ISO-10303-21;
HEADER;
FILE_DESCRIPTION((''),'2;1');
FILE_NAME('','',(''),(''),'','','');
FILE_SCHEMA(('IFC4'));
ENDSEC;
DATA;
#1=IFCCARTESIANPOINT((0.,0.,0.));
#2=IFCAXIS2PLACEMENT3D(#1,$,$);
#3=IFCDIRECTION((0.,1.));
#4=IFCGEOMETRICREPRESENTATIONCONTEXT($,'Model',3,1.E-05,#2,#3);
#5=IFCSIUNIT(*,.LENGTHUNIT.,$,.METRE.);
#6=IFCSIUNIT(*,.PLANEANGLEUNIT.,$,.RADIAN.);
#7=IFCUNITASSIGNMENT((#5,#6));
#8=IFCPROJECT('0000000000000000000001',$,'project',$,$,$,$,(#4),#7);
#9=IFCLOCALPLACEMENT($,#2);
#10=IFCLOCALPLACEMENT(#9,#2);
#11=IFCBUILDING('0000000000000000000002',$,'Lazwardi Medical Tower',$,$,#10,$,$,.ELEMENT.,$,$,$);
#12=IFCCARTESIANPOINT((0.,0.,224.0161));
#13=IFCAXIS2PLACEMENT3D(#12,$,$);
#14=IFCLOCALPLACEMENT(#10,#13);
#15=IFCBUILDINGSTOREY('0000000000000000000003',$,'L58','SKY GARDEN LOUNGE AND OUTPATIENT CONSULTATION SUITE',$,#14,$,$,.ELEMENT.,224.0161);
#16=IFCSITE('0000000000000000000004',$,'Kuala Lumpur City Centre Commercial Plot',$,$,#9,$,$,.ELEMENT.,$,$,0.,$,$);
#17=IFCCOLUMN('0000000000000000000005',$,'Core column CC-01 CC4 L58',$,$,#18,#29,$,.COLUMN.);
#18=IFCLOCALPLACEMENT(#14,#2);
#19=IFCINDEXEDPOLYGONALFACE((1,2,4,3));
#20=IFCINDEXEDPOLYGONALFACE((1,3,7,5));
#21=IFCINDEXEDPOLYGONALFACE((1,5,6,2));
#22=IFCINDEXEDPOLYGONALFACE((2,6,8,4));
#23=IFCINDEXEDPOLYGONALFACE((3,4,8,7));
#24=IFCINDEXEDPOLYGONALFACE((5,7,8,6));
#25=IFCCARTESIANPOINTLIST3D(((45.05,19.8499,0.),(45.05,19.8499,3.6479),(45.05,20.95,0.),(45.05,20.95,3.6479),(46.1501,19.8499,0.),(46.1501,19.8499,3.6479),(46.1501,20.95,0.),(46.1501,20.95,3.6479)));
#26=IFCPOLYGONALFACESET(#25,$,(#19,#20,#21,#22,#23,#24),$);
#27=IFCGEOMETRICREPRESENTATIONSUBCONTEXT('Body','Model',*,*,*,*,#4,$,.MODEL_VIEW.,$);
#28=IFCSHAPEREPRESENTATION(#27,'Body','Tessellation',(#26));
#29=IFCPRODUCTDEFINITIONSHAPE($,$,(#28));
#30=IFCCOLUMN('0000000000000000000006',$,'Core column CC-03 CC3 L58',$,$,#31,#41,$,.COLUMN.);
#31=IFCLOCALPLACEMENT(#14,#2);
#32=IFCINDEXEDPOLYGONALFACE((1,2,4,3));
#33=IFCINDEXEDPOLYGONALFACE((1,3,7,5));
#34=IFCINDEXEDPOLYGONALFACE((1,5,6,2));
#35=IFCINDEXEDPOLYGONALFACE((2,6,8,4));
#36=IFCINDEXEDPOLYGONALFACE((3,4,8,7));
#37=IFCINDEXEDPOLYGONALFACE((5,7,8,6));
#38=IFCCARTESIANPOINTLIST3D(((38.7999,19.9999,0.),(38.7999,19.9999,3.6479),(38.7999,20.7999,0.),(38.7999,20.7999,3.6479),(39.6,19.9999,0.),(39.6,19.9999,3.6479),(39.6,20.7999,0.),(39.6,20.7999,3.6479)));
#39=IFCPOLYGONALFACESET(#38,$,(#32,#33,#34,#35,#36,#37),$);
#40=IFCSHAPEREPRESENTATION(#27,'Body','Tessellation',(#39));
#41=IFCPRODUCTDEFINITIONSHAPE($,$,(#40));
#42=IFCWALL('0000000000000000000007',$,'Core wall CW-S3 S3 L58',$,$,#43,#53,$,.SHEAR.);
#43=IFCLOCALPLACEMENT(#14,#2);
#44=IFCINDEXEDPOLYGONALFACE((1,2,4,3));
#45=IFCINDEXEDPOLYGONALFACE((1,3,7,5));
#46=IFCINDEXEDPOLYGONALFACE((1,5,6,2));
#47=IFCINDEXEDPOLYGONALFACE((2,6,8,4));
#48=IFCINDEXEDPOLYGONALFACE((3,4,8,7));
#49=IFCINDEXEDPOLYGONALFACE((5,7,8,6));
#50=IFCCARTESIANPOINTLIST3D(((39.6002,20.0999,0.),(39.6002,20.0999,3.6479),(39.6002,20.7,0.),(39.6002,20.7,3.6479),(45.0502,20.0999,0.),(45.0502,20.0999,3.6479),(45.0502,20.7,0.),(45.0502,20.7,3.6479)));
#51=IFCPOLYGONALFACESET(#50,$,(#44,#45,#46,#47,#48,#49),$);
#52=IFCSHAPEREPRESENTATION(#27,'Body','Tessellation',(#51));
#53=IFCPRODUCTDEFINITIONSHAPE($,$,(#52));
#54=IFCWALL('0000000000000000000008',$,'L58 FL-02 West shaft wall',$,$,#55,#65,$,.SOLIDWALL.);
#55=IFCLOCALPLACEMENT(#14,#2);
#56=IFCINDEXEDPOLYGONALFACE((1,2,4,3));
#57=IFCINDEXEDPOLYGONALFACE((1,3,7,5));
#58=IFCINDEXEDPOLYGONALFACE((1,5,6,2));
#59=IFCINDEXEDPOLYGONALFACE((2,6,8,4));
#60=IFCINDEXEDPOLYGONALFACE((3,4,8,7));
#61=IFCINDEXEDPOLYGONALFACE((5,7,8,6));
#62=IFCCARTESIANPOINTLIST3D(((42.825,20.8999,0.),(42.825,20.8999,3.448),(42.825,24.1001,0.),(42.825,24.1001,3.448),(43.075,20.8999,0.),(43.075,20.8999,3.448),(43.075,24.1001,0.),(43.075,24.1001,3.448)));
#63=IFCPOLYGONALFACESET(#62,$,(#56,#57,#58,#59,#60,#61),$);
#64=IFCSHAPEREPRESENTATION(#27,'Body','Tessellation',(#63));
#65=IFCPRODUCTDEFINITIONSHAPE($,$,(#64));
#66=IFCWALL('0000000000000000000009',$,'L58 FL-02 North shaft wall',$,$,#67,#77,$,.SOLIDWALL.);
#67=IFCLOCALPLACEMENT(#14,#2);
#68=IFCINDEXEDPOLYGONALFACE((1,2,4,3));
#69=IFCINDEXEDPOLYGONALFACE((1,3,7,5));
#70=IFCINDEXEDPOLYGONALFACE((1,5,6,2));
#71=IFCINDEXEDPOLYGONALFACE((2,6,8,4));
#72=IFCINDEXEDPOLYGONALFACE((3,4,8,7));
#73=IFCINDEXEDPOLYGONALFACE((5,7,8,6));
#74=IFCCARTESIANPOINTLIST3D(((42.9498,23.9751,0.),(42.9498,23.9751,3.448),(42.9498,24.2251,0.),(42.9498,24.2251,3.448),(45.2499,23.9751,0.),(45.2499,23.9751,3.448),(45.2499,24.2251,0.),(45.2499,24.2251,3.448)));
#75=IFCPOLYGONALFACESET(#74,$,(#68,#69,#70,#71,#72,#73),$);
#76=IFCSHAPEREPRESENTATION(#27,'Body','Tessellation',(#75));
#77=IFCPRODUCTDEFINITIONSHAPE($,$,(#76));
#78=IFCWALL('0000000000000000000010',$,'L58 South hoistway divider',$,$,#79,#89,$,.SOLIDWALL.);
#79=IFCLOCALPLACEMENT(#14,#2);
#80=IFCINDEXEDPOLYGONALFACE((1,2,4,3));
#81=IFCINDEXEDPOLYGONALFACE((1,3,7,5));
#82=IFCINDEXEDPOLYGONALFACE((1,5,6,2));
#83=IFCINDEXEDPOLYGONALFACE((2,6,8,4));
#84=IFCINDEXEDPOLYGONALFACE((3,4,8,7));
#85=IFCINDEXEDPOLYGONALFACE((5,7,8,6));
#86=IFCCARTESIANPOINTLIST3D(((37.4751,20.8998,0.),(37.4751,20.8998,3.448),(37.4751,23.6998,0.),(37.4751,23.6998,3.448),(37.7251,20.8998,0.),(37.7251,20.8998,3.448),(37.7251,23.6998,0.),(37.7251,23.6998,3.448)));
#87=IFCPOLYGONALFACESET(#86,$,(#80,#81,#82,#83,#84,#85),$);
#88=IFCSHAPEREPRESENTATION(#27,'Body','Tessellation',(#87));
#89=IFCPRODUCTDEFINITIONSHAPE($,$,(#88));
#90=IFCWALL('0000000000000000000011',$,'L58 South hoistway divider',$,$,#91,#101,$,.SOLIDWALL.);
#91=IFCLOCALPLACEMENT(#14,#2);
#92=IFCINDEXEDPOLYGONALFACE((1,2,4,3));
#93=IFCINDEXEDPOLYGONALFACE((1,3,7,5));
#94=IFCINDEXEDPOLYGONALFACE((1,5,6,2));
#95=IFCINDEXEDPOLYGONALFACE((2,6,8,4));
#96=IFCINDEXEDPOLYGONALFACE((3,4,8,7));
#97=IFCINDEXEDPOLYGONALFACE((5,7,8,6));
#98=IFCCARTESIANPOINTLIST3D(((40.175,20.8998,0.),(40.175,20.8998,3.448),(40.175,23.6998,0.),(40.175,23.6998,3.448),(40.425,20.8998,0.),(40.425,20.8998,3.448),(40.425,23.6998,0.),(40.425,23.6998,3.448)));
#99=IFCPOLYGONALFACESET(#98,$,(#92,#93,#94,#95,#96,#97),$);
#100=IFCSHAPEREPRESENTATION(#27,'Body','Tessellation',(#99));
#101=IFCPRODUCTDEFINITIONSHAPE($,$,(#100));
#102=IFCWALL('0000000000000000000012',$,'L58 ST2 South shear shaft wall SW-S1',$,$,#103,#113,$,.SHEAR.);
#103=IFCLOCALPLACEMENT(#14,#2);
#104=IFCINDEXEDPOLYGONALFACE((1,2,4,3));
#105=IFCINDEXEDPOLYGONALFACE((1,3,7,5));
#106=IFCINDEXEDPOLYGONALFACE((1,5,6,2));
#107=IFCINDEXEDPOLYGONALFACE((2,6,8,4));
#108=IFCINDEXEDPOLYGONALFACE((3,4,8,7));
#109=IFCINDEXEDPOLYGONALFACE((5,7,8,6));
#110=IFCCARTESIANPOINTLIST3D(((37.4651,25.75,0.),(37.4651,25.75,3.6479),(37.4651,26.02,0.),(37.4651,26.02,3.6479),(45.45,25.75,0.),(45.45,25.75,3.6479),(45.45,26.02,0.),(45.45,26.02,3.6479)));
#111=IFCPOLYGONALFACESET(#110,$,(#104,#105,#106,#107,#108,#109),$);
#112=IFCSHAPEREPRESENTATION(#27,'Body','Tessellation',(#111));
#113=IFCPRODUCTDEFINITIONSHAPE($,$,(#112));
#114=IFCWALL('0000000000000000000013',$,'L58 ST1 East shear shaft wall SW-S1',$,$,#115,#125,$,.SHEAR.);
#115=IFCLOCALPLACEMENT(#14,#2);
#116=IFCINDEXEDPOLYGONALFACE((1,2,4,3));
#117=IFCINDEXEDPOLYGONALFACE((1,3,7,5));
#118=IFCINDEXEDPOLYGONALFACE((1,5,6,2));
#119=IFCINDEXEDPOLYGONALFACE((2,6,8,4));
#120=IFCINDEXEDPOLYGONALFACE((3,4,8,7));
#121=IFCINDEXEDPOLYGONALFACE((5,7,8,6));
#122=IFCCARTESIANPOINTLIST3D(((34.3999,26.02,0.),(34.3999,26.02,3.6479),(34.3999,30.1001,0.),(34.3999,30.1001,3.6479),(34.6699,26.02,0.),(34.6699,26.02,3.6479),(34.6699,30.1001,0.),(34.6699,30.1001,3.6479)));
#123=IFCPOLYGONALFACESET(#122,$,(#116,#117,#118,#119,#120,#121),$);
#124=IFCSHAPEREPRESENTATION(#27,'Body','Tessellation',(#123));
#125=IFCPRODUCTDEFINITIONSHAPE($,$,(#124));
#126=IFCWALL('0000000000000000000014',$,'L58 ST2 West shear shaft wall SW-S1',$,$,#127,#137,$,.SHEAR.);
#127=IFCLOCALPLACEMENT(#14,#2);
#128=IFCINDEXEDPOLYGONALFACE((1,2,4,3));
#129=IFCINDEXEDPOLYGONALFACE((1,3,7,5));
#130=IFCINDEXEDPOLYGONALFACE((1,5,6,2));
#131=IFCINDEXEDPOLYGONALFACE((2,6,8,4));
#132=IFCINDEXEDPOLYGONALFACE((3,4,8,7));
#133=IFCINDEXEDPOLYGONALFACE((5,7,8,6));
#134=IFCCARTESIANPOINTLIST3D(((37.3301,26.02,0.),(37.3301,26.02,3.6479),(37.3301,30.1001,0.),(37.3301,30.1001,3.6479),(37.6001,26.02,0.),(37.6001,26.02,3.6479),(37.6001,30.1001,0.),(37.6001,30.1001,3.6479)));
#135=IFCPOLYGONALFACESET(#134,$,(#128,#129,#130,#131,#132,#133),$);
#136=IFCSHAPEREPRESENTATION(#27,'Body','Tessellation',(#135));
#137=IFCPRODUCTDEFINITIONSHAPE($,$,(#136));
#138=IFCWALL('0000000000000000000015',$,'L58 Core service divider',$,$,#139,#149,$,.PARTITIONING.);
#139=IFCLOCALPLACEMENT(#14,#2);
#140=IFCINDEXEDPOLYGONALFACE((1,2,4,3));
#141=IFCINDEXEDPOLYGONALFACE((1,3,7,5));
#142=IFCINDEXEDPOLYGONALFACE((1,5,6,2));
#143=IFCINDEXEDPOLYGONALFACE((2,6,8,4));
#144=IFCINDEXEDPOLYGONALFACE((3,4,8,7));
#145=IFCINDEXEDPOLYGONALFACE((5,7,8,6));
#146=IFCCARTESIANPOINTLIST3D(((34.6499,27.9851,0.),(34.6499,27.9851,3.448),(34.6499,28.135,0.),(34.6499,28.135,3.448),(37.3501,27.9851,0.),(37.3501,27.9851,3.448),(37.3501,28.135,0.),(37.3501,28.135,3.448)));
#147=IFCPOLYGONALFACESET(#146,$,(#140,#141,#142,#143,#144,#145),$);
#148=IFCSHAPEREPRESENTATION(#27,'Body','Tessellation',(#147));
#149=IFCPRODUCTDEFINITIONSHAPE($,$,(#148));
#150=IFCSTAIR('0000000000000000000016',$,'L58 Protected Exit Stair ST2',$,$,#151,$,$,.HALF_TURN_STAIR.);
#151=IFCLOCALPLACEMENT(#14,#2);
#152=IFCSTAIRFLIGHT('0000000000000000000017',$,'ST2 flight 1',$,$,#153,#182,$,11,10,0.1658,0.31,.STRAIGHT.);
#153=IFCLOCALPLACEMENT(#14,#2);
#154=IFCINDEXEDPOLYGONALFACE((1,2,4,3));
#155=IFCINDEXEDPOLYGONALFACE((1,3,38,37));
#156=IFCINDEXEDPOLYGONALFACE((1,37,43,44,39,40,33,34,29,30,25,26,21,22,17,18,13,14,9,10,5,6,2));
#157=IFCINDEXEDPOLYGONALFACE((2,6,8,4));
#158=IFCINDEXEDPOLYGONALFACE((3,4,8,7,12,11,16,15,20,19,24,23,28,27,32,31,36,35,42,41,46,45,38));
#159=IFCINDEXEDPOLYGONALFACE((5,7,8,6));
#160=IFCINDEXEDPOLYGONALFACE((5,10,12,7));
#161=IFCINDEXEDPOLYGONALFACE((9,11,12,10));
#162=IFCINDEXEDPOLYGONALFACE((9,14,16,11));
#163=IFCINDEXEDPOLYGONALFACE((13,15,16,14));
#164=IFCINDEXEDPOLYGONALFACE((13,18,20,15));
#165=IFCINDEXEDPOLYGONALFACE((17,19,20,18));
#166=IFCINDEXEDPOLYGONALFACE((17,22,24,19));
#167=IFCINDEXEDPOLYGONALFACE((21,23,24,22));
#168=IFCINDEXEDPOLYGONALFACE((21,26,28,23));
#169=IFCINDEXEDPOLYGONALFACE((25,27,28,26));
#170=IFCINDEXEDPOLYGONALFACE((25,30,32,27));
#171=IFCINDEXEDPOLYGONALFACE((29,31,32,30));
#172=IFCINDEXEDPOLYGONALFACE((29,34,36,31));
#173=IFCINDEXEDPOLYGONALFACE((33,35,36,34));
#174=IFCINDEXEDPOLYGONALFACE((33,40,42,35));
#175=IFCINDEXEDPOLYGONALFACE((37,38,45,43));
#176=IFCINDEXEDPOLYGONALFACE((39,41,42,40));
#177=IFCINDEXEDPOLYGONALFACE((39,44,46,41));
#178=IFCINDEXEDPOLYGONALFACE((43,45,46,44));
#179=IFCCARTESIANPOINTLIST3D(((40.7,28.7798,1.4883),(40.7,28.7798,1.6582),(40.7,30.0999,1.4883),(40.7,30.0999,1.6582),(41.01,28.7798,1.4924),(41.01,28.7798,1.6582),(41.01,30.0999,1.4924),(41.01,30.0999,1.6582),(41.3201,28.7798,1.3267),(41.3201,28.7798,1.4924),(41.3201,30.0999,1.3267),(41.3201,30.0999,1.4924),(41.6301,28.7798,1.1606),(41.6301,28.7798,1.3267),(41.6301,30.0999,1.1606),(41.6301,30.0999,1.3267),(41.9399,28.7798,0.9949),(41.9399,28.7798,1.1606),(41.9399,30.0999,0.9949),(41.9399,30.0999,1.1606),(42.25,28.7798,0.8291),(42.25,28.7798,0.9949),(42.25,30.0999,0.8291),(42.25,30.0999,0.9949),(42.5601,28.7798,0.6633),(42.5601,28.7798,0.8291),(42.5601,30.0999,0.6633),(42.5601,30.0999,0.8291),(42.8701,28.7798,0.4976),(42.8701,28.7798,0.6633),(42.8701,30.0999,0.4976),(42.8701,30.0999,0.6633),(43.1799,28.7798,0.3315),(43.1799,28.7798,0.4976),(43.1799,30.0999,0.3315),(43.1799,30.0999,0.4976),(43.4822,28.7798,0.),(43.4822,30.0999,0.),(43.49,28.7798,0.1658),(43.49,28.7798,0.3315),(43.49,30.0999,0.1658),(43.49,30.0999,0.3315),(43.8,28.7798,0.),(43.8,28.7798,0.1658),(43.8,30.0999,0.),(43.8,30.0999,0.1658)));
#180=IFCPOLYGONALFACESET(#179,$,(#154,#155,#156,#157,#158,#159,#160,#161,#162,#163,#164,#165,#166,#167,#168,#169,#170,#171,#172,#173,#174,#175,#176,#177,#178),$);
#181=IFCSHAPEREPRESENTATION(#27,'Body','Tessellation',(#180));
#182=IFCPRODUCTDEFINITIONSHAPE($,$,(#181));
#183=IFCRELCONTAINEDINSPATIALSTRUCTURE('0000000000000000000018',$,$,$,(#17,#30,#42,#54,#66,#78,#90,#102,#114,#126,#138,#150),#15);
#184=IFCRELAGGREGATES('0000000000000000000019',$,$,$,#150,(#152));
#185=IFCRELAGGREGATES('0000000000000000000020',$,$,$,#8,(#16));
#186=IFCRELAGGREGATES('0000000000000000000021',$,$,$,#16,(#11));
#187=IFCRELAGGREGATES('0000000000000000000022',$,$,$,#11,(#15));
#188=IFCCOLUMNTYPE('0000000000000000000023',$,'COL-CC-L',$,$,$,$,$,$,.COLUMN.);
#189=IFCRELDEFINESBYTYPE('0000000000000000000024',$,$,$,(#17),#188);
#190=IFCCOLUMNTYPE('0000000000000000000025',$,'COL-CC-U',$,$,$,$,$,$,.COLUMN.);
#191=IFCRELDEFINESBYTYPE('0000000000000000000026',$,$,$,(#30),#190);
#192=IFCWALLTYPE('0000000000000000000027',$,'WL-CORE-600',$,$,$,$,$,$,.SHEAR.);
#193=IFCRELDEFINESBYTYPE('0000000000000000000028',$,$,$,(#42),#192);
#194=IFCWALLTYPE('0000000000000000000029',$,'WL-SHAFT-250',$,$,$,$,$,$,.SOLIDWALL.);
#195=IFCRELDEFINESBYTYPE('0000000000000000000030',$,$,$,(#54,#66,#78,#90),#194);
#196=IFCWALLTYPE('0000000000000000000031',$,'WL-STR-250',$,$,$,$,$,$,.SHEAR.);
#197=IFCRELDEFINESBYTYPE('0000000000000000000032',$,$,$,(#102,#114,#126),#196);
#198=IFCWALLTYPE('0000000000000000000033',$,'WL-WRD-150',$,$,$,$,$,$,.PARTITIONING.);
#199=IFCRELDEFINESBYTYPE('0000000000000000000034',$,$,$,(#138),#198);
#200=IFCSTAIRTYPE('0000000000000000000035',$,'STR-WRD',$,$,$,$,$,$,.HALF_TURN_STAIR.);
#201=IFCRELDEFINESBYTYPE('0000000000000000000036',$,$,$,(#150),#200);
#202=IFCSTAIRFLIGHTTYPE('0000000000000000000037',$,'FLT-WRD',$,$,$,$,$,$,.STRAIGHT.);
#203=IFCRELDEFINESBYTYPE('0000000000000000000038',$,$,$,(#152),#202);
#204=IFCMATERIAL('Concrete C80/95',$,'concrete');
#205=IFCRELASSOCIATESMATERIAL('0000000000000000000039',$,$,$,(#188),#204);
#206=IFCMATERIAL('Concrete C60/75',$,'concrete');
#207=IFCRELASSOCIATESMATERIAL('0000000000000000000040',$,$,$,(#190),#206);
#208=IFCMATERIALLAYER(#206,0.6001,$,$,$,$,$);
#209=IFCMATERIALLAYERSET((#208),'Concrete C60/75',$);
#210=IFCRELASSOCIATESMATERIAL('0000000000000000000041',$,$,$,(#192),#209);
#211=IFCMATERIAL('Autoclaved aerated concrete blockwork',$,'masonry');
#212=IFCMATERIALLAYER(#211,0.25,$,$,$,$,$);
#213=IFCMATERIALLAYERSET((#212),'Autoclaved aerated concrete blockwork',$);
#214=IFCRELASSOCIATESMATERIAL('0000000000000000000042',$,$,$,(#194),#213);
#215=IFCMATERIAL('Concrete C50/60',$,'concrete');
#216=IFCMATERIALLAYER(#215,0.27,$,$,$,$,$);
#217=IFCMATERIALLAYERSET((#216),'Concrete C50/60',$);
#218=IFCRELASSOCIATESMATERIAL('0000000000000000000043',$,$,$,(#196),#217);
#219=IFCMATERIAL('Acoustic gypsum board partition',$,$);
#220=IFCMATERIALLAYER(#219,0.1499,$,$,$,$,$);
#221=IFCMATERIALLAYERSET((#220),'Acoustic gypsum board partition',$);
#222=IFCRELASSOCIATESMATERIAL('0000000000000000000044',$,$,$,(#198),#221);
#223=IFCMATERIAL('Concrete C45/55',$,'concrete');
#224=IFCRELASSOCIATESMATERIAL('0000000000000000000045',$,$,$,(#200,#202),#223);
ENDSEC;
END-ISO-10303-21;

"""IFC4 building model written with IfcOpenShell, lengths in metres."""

from ifc_helpers import new_model, si_unit, direction, frame, frame_2d, origin, origin_2d, place, context, subcontext, project, spatial, polyline, rectangle, outline, extrude, material, layer, layer_set, material_profile, profile_set, type_object, element, aggregate, save


model = new_model("IFC4")

# Units and contexts
model_context = context("Model", 3, precision=1e-05, world=origin(), true_north=direction((0.0, 1.0)))
body_context = subcontext(model_context, "Body", "Model", "MODEL_VIEW")
ifc_project = project(units=[si_unit("LENGTHUNIT", "METRE"), si_unit("PLANEANGLEUNIT", "RADIAN")], contexts=[model_context])

# Site, building, storey
site_placement = place(None, origin())
site = spatial("IfcSite", under=ifc_project, at=site_placement, Name="Kuala Lumpur City Centre Commercial Plot", CompositionType="ELEMENT", RefElevation=0.0)
building_placement = place(site_placement, origin())
building = spatial("IfcBuilding", under=site, at=building_placement, Name="Lazwardi Medical Tower", CompositionType="ELEMENT")
storey_placement = place(building_placement, frame((0.0, 0.0, 224.0161)))
storey = spatial("IfcBuildingStorey", under=building, at=storey_placement, Name="L58", Description="SKY GARDEN LOUNGE AND OUTPATIENT CONSULTATION SUITE", CompositionType="ELEMENT", Elevation=224.0161)

# Columns
ifc_material_1 = material(Name="Concrete C80/95", Category="concrete")
ifc_material_profile_1 = material_profile(ifc_material_1, rectangle(XDim=1.1001, YDim=1.1001, at=origin_2d()), Name="RC 1100x1100")
ifc_profile_set_1 = profile_set([ifc_material_profile_1], Name="Concrete C80/95")
column_type_1 = type_object("IfcColumnType", Name="COL-CC-L", PredefinedType="COLUMN", material=ifc_profile_set_1)
column_1_placement = place(storey_placement, frame((45.6001, 20.3999, 0.0), z_axis=(0.0, 0.0, 1.0), x_axis=(1.0, 0.0, 0.0)))
element("IfcColumn", 1, at=column_1_placement, inside=storey, type_object=column_type_1, Name="Core column CC-01 CC4 L58", PredefinedType="COLUMN", context=body_context, shape_type="SweptSolid", body=[
    extrude(rectangle(XDim=1.1001, YDim=1.1001, at=origin_2d()), origin(), (0.0, 0.0, 1.0), 3.6479),
])
ifc_material_2 = material(Name="Concrete C60/75", Category="concrete")
ifc_material_profile_2 = material_profile(ifc_material_2, rectangle(XDim=0.8, YDim=0.8, at=origin_2d()), Name="RC 800x800")
ifc_profile_set_2 = profile_set([ifc_material_profile_2], Name="Concrete C60/75")
column_type_2 = type_object("IfcColumnType", Name="COL-CC-U", PredefinedType="COLUMN", material=ifc_profile_set_2)
column_2_placement = place(storey_placement, frame((39.2, 20.3999, 0.0), z_axis=(0.0, 0.0, 1.0), x_axis=(1.0, 0.0, 0.0)))
element("IfcColumn", 2, at=column_2_placement, inside=storey, type_object=column_type_2, Name="Core column CC-03 CC3 L58", PredefinedType="COLUMN", context=body_context, shape_type="SweptSolid", body=[
    extrude(rectangle(XDim=0.8, YDim=0.8, at=origin_2d()), origin(), (0.0, 0.0, 1.0), 3.6479),
])

# Walls
ifc_layer_1 = layer(ifc_material_2, 0.6001)
ifc_layer_set_1 = layer_set([ifc_layer_1], Name="Concrete C60/75")
wall_type_1 = type_object("IfcWallType", Name="WL-CORE-600", PredefinedType="SHEAR", material=ifc_layer_set_1)
wall_1_placement = place(storey_placement, frame((39.6001, 20.3999, 0.0), z_axis=(0.0, 0.0, 1.0), x_axis=(1.0, 0.0, 0.0)))
element("IfcWall", 3, at=wall_1_placement, inside=storey, type_object=wall_type_1, Name="Core wall CW-S3 S3 L58", PredefinedType="SHEAR", context=body_context, shape_type="SweptSolid", body=[
    extrude(rectangle(XDim=5.45, YDim=0.6001, at=frame_2d((2.7251, 0.0))), origin(), (0.0, 0.0, 1.0), 3.6479),
])
ifc_material_3 = material(Name="Autoclaved aerated concrete blockwork", Category="masonry")
ifc_layer_2 = layer(ifc_material_3, 0.25)
ifc_layer_set_2 = layer_set([ifc_layer_2], Name="Autoclaved aerated concrete blockwork")
wall_type_2 = type_object("IfcWallType", Name="WL-SHAFT-250", PredefinedType="SOLIDWALL", material=ifc_layer_set_2)
wall_2_placement = place(storey_placement, frame((42.95, 20.8999, 0.0), z_axis=(0.0, 0.0, 1.0), x_axis=(0.0, 1.0, 0.0)))
element("IfcWall", 4, at=wall_2_placement, inside=storey, type_object=wall_type_2, Name="L58 FL-02 West shaft wall", PredefinedType="SOLIDWALL", context=body_context, shape_type="SweptSolid", body=[
    extrude(rectangle(XDim=3.2002, YDim=0.25, at=frame_2d((1.6001, 0.0))), origin(), (0.0, 0.0, 1.0), 3.448),
])
wall_3_placement = place(storey_placement, frame((42.95, 24.1001, 0.0), z_axis=(0.0, 0.0, 1.0), x_axis=(1.0, 0.0, 0.0)))
element("IfcWall", 5, at=wall_3_placement, inside=storey, type_object=wall_type_2, Name="L58 FL-02 North shaft wall", PredefinedType="SOLIDWALL", context=body_context, shape_type="SweptSolid", body=[
    extrude(rectangle(XDim=2.3, YDim=0.25, at=frame_2d((1.1499, 0.0))), origin(), (0.0, 0.0, 1.0), 3.448),
])
for number, where, z_axis, x_axis, name in (
    (6, (37.6001, 20.8999, 0.0), (0.0, 0.0, 1.0), (0.0, 1.0, 0.0), "L58 South hoistway divider"),
    (7, (40.3, 20.8999, 0.0), (0.0, 0.0, 1.0), (0.0, 1.0, 0.0), "L58 South hoistway divider"),
):
    element("IfcWall", number, at=place(storey_placement, frame(where, z_axis=z_axis, x_axis=x_axis)), inside=storey, type_object=wall_type_2, Name=name, PredefinedType="SOLIDWALL", context=body_context, shape_type="SweptSolid", body=[
        extrude(rectangle(XDim=2.8, YDim=0.25, at=frame_2d((1.3999, 0.0))), origin(), (0.0, 0.0, 1.0), 3.448),
    ])

# Shared definitions
ifc_material_4 = material(Name="Concrete C50/60", Category="concrete")
ifc_layer_3 = layer(ifc_material_4, 0.27)
ifc_layer_set_3 = layer_set([ifc_layer_3], Name="Concrete C50/60")
wall_type_3 = type_object("IfcWallType", Name="WL-STR-250", PredefinedType="SHEAR", material=ifc_layer_set_3)

# Walls
wall_4_placement = place(storey_placement, frame((37.4651, 25.885, 0.0), z_axis=(0.0, 0.0, 1.0), x_axis=(1.0, 0.0, 0.0)))
element("IfcWall", 8, at=wall_4_placement, inside=storey, type_object=wall_type_3, Name="L58 ST2 South shear shaft wall SW-S1", PredefinedType="SHEAR", context=body_context, shape_type="SweptSolid", body=[
    extrude(rectangle(XDim=7.9849, YDim=0.27, at=frame_2d((3.9924, 0.0))), origin(), (0.0, 0.0, 1.0), 3.6479),
])
for number, where, z_axis, x_axis, name in (
    (9, (34.5349, 26.02, 0.0), (0.0, 0.0, 1.0), (0.0, 1.0, 0.0), "L58 ST1 East shear shaft wall SW-S1"),
    (10, (37.4651, 26.02, 0.0), (0.0, 0.0, 1.0), (0.0, 1.0, 0.0), "L58 ST2 West shear shaft wall SW-S1"),
):
    element("IfcWall", number, at=place(storey_placement, frame(where, z_axis=z_axis, x_axis=x_axis)), inside=storey, type_object=wall_type_3, Name=name, PredefinedType="SHEAR", context=body_context, shape_type="SweptSolid", body=[
        extrude(rectangle(XDim=4.0801, YDim=0.27, at=frame_2d((2.04, 0.0))), origin(), (0.0, 0.0, 1.0), 3.6479),
    ])
ifc_material_5 = material(Name="Acoustic gypsum board partition")
ifc_layer_4 = layer(ifc_material_5, 0.1499)
ifc_layer_set_4 = layer_set([ifc_layer_4], Name="Acoustic gypsum board partition")
wall_type_4 = type_object("IfcWallType", Name="WL-WRD-150", PredefinedType="PARTITIONING", material=ifc_layer_set_4)
wall_5_placement = place(storey_placement, frame((34.6499, 28.0601, 0.0), z_axis=(0.0, 0.0, 1.0), x_axis=(1.0, 0.0, 0.0)))
element("IfcWall", 11, at=wall_5_placement, inside=storey, type_object=wall_type_4, Name="L58 Core service divider", PredefinedType="PARTITIONING", context=body_context, shape_type="SweptSolid", body=[
    extrude(rectangle(XDim=2.7002, YDim=0.1499, at=frame_2d((1.3501, 0.0))), origin(), (0.0, 0.0, 1.0), 3.448),
])

# Stair, stair flight
ifc_material_6 = material(Name="Concrete C45/55", Category="concrete")
stair_type = type_object("IfcStairType", Name="STR-WRD", PredefinedType="HALF_TURN_STAIR", material=ifc_material_6)
stair_placement = place(storey_placement, origin())
stair = element("IfcStair", 12, at=stair_placement, inside=storey, type_object=stair_type, Name="L58 Protected Exit Stair ST2", PredefinedType="HALF_TURN_STAIR")
stair_flight_type = type_object("IfcStairFlightType", Name="FLT-WRD", PredefinedType="STRAIGHT", material=ifc_material_6)
stair_flight_1_placement = place(storey_placement, frame((43.8, 29.4399, 0.0), z_axis=(0.0, 0.0, 1.0), x_axis=(-1.0, 0.0, 0.0)))
stair_flight_1 = element("IfcStairFlight", 13, at=stair_flight_1_placement, type_object=stair_flight_type, Name="ST2 flight 1", NumberOfRisers=11, NumberOfTreads=10, PredefinedType="STRAIGHT", RiserHeight=0.1658, TreadLength=0.31, context=body_context, shape_type="SweptSolid", body=[
    extrude(outline(polyline([(0.0, 0.0), (0.0, 0.1658), (0.3101, 0.1658), (0.3101, 0.3315), (0.6201, 0.3315), (0.6201, 0.4976), (0.9299, 0.4976), (0.9299, 0.6633), (1.24, 0.6633), (1.24, 0.8291), (1.55, 0.8291), (1.55, 0.9949), (1.8601, 0.9949), (1.8601, 1.1606), (2.1699, 1.1606), (2.1699, 1.3267), (2.48, 1.3267), (2.48, 1.4924), (2.79, 1.4924), (2.79, 1.6582), (3.1001, 1.6582), (3.1001, 1.824), (3.1001, 1.4883), (0.3179, 0.0), (0.0, 0.0)])), frame((0.0, 0.6602, 0.0), z_axis=(0.0, -1.0, 0.0), x_axis=(1.0, 0.0, 0.0)), (0.0, 0.0, 1.0), 1.3201),
])
aggregate(stair, [stair_flight_1])

save(model, "model.ifc")
